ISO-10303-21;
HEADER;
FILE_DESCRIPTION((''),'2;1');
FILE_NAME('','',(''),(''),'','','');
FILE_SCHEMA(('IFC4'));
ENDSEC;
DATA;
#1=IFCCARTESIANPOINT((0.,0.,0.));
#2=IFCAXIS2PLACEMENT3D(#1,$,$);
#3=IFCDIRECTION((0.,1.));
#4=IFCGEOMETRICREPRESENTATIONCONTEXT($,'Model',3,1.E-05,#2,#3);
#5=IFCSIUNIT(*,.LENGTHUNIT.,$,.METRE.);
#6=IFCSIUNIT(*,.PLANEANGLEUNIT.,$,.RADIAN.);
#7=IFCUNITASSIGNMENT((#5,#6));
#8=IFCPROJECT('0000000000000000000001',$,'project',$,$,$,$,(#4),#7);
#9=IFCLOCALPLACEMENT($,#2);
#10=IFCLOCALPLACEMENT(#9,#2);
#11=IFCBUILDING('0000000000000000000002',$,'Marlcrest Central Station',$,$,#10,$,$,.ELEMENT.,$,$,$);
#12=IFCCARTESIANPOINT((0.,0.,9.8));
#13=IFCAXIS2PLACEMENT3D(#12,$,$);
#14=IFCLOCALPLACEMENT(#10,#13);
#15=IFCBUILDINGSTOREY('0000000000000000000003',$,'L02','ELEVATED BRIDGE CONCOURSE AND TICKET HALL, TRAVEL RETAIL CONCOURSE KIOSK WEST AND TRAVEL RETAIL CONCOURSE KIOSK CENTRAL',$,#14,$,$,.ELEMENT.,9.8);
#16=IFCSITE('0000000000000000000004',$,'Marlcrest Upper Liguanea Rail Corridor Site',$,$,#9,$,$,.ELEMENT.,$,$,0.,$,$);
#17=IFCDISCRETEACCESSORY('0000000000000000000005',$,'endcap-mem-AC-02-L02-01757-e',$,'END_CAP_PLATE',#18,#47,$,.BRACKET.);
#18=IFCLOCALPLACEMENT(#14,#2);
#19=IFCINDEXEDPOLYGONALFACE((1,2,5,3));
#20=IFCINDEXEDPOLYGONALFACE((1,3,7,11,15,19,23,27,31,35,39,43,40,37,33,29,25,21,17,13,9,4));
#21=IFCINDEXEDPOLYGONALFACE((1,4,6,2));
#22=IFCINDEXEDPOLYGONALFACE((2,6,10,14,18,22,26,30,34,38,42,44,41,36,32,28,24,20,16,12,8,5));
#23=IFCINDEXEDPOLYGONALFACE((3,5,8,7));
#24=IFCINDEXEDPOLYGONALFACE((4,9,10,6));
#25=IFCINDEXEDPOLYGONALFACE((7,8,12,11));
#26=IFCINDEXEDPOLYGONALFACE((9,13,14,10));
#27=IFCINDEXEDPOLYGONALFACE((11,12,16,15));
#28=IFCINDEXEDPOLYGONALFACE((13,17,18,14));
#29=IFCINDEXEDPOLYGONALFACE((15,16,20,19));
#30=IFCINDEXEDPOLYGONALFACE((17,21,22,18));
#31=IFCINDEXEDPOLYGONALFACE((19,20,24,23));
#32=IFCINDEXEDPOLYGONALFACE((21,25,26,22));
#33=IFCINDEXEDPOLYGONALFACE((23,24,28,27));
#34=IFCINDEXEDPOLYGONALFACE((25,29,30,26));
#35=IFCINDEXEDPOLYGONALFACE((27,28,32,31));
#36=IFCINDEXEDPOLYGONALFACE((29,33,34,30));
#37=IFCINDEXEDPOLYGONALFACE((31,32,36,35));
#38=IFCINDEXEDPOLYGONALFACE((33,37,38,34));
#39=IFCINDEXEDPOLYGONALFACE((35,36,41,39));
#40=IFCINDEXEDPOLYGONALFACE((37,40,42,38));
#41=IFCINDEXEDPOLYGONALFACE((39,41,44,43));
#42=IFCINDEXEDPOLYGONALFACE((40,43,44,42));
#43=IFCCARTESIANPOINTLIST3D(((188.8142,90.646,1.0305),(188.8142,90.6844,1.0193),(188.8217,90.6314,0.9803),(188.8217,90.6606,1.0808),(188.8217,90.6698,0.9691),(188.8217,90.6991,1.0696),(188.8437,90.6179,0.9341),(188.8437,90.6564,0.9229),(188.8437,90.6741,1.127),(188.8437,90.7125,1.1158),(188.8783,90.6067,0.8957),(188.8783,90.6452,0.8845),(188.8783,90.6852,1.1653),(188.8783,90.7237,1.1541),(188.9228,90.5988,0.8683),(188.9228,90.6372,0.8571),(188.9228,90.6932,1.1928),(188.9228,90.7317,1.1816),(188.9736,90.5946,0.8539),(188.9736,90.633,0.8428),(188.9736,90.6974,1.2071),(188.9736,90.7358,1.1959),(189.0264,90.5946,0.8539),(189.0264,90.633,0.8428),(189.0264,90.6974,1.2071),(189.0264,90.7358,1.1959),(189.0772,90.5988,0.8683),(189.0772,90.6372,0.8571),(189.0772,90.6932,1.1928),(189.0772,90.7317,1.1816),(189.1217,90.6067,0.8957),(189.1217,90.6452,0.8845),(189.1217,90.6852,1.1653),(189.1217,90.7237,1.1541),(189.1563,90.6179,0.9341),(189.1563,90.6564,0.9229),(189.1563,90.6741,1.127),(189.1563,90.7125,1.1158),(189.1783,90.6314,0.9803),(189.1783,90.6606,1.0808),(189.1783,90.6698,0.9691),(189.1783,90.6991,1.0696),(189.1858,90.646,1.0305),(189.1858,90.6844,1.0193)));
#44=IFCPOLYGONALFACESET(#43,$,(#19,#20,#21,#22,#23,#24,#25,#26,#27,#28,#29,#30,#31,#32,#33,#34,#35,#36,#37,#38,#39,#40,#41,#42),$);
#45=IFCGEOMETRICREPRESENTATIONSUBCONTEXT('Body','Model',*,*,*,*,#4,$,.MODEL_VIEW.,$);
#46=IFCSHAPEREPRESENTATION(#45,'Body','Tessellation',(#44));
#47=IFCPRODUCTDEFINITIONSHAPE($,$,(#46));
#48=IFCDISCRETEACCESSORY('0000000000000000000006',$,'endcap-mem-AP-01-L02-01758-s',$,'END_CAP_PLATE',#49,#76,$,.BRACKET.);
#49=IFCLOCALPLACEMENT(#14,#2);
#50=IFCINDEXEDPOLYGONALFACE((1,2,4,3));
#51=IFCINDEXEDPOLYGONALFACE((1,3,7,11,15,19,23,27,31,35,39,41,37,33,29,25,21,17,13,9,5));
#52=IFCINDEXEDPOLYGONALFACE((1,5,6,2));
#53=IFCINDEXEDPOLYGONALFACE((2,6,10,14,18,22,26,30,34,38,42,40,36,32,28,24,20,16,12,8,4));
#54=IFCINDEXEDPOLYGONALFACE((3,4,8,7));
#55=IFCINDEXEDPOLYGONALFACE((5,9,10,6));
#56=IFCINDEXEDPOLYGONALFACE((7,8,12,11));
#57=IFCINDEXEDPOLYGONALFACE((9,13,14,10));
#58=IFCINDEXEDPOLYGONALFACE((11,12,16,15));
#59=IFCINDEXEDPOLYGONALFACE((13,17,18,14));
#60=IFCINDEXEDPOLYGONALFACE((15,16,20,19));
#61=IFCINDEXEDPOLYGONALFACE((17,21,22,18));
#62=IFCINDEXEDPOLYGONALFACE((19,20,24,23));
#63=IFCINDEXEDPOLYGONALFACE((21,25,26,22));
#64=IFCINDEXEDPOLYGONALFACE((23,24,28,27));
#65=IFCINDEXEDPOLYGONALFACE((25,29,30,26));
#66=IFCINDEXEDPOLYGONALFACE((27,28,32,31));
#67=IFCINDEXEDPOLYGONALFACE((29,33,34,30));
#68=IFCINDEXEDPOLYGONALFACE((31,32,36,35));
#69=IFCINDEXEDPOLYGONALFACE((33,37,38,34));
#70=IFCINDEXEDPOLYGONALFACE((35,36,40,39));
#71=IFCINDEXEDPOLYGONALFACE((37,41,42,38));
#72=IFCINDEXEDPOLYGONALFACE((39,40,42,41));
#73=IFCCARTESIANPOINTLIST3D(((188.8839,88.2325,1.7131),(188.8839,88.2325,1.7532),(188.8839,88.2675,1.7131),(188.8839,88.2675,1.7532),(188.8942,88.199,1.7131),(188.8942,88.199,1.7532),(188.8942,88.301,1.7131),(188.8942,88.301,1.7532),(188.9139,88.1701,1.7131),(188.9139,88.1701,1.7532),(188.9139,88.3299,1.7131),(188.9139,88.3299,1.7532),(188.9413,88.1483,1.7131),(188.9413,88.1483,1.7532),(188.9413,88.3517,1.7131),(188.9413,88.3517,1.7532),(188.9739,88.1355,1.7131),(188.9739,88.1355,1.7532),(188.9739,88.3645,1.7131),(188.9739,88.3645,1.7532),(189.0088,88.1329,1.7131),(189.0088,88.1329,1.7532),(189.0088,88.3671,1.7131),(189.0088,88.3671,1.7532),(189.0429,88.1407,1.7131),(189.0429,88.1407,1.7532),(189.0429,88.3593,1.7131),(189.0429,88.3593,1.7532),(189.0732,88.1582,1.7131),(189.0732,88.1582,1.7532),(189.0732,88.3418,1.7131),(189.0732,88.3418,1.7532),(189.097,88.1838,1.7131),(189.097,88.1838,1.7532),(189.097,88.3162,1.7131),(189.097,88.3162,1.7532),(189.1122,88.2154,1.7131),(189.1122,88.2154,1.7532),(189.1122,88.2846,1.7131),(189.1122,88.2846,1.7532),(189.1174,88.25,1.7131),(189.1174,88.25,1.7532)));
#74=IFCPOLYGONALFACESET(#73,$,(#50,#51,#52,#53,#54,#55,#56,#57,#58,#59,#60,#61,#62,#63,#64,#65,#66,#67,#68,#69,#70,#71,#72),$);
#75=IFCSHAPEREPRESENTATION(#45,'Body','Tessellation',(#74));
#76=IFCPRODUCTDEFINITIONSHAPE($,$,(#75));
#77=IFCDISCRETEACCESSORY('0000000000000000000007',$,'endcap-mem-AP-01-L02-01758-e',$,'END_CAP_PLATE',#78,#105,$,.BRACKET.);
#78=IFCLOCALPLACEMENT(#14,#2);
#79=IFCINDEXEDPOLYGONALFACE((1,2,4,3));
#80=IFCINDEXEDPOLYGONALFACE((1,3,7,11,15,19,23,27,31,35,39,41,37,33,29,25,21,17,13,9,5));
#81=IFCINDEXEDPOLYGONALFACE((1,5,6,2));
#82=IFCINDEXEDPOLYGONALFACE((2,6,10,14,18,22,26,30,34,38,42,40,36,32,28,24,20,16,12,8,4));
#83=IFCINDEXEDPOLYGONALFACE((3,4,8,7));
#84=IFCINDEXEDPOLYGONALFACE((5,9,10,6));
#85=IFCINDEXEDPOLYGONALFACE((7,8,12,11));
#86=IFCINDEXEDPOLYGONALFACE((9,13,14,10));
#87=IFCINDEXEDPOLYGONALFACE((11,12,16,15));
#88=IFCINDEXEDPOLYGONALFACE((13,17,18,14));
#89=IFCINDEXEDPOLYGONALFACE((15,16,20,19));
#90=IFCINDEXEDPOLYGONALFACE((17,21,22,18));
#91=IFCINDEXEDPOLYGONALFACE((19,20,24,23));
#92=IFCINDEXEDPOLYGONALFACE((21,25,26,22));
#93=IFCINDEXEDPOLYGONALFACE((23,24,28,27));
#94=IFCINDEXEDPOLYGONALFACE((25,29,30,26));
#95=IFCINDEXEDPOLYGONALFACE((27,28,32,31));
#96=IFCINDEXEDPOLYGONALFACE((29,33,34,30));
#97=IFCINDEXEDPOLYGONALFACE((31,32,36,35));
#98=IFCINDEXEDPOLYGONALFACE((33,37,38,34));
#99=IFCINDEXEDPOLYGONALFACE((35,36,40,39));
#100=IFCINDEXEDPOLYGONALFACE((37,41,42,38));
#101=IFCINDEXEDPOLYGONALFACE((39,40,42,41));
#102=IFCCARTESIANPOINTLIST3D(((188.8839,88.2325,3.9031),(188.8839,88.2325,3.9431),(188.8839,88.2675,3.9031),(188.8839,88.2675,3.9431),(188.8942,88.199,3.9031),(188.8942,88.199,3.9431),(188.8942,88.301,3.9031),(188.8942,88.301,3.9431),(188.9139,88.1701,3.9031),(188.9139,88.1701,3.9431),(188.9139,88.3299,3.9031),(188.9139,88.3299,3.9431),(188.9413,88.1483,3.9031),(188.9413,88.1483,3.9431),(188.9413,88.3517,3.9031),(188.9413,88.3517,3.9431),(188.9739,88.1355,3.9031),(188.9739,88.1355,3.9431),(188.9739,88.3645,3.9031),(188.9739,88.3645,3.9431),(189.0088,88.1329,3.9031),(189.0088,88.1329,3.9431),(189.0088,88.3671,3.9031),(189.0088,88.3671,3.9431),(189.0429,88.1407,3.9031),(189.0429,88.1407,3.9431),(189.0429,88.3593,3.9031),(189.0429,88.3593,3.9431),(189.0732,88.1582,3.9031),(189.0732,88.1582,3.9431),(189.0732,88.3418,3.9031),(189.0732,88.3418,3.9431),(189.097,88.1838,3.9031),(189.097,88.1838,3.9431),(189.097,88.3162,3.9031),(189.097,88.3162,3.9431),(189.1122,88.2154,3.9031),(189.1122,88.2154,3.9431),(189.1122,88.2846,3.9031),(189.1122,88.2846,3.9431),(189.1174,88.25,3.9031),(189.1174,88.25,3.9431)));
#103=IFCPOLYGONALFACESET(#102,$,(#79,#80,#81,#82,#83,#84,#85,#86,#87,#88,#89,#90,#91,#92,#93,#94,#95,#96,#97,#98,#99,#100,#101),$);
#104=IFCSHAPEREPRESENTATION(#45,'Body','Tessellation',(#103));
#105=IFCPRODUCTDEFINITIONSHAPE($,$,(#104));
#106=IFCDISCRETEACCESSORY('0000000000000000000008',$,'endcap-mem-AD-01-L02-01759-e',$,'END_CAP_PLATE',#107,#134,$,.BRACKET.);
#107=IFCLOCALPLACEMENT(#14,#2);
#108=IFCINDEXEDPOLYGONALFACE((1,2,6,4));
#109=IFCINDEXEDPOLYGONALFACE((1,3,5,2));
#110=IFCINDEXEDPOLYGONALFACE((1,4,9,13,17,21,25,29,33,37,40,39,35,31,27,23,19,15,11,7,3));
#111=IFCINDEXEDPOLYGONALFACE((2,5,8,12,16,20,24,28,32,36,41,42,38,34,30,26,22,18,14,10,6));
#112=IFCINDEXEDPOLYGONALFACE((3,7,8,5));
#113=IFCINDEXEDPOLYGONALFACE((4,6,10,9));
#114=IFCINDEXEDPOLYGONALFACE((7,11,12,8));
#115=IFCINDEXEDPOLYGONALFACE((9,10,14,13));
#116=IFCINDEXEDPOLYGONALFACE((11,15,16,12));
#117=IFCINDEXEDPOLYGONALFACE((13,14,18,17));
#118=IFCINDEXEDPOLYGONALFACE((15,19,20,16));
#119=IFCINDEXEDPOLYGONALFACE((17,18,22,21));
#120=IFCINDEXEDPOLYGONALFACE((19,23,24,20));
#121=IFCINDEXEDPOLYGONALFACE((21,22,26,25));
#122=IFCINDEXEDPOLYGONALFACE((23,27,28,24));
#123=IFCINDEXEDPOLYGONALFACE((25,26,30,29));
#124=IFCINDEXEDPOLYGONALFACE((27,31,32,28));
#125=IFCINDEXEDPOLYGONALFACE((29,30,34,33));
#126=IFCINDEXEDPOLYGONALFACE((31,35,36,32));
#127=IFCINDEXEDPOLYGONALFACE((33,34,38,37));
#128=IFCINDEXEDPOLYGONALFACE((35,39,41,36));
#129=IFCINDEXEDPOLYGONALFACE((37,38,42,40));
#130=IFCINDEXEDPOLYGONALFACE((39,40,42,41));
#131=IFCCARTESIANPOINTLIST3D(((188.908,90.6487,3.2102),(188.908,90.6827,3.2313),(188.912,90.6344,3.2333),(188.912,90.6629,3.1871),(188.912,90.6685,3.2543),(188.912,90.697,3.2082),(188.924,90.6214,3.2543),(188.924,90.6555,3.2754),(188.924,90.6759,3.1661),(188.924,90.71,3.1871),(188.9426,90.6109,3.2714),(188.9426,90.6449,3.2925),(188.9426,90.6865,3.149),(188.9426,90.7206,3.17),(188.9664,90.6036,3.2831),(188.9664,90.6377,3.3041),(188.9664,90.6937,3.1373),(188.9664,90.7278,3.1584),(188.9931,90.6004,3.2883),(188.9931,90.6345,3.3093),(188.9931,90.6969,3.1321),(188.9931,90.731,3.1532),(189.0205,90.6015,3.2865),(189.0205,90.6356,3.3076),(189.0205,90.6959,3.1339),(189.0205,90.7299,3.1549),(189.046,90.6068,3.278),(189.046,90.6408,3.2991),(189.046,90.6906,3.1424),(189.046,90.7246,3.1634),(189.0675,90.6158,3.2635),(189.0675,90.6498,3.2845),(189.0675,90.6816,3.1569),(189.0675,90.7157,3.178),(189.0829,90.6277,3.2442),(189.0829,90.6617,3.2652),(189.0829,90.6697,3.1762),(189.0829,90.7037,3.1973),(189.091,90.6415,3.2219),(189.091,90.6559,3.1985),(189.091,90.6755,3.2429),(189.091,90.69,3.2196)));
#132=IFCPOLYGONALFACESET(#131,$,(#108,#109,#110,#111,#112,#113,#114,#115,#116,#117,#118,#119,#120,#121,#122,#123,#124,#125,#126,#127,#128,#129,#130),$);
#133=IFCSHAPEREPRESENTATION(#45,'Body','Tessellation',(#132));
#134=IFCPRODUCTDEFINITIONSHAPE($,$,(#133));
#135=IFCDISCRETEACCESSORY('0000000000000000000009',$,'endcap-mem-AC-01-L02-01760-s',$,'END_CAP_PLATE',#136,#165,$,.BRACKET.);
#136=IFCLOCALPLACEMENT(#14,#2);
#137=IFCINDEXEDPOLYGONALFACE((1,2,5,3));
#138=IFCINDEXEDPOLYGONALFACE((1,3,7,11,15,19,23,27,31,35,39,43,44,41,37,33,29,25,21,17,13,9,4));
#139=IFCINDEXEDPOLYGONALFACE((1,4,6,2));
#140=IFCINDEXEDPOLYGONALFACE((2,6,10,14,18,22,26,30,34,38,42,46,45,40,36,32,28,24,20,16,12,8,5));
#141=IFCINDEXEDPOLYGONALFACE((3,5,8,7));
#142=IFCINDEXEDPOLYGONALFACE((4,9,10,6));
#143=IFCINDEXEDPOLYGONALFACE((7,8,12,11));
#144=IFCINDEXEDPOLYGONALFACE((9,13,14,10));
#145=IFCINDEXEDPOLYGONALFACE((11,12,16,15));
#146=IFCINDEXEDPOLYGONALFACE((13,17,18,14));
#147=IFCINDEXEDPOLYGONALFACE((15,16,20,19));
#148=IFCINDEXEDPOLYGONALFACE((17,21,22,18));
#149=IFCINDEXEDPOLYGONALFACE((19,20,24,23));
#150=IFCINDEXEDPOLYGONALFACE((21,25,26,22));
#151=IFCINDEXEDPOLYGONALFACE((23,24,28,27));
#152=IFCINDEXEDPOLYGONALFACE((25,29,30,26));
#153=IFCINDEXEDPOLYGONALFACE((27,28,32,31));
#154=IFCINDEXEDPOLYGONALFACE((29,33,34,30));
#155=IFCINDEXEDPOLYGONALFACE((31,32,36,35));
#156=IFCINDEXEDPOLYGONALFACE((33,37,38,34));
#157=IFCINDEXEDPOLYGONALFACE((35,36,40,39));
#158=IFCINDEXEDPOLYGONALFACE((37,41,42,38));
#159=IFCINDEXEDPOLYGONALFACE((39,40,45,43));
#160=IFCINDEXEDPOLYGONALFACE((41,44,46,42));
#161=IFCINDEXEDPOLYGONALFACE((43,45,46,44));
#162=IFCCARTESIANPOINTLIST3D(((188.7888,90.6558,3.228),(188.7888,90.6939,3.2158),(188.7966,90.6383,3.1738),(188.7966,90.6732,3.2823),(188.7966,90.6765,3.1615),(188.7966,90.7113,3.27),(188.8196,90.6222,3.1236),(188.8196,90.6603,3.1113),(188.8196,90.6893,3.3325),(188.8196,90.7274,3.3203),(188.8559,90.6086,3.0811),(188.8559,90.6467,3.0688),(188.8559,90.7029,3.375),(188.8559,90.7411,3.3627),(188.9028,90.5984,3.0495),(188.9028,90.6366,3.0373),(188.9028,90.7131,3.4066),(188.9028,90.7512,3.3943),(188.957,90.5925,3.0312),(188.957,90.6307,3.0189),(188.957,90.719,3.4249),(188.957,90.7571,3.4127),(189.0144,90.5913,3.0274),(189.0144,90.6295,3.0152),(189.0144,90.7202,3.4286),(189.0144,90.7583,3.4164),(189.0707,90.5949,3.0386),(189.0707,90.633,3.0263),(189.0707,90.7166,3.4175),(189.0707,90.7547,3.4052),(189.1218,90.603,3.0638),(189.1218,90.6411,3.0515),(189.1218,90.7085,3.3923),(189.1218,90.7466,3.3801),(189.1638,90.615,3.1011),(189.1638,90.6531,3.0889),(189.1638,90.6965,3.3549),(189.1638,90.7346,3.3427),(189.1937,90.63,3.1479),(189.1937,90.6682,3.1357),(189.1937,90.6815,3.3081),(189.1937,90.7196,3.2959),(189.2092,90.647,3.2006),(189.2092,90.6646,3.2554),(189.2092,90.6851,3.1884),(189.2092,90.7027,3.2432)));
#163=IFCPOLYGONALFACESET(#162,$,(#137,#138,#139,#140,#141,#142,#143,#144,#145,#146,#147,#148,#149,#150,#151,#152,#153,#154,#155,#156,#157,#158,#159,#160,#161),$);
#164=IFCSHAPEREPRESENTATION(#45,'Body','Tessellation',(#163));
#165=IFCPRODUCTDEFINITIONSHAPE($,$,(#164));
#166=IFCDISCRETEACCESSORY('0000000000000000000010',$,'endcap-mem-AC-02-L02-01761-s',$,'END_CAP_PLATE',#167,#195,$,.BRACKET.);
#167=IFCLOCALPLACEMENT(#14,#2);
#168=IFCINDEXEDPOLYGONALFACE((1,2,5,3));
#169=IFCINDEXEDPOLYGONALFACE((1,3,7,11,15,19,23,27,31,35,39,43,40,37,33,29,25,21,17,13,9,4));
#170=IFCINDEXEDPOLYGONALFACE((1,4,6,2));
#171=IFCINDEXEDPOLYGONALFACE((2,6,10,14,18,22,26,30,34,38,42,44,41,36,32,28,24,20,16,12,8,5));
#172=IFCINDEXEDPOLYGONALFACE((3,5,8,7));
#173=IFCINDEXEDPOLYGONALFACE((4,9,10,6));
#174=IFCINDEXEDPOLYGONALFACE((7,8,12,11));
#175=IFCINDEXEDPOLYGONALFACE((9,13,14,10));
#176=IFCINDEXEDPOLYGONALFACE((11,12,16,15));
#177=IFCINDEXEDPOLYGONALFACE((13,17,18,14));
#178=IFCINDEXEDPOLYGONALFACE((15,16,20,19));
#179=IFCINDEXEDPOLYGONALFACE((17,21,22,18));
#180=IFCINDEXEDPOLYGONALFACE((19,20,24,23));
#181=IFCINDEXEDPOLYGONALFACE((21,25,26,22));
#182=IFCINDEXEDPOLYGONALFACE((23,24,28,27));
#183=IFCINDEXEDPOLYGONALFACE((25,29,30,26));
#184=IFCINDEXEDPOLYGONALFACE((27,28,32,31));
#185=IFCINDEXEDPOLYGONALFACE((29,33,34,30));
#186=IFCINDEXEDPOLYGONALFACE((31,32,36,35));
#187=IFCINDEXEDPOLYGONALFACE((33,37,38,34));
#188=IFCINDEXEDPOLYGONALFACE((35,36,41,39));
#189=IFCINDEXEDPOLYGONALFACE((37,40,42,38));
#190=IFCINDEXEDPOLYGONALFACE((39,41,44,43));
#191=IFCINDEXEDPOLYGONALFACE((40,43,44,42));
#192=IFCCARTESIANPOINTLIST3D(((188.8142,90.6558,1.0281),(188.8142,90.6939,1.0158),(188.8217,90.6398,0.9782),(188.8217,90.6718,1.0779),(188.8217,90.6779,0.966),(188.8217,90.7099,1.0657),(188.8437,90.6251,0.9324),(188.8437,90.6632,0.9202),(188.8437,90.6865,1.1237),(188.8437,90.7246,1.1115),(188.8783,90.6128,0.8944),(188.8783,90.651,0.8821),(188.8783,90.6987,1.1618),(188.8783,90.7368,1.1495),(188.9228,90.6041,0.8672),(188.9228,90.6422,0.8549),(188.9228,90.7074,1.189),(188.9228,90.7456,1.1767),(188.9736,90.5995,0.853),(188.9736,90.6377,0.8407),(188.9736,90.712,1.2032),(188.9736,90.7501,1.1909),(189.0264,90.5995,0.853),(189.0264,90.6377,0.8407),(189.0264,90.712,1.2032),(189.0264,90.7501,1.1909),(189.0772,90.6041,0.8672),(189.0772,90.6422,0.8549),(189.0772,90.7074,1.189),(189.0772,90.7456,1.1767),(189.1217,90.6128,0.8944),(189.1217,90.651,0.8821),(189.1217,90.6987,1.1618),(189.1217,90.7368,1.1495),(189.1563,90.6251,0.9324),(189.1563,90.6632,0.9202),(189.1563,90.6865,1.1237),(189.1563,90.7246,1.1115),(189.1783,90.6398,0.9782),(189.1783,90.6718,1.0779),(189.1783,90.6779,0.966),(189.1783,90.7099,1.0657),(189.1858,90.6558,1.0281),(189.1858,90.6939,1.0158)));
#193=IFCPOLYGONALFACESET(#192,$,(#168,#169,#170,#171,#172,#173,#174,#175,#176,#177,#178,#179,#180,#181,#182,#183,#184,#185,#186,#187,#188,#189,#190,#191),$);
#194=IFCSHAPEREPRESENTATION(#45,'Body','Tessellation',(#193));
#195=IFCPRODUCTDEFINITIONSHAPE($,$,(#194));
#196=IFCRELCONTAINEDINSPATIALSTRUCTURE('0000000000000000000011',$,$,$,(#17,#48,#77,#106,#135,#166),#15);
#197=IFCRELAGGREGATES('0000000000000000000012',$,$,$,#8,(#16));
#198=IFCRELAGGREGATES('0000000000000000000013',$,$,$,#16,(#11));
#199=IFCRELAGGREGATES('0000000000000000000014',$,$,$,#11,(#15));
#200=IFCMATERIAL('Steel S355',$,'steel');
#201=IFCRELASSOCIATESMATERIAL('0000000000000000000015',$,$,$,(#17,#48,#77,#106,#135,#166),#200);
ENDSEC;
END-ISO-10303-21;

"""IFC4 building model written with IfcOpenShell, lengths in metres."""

from ifc_helpers import new_model, si_unit, direction, frame, origin, origin_2d, place, context, subcontext, project, spatial, circle, extrude, material, element, save


model = new_model("IFC4")

# Units and contexts
model_context = context("Model", 3, precision=1e-05, world=origin(), true_north=direction((0.0, 1.0)))
body_context = subcontext(model_context, "Body", "Model", "MODEL_VIEW")
ifc_project = project(units=[si_unit("LENGTHUNIT", "METRE"), si_unit("PLANEANGLEUNIT", "RADIAN")], contexts=[model_context])

# Site, building, storey
site_placement = place(None, origin())
site = spatial("IfcSite", under=ifc_project, at=site_placement, Name="Marlcrest Upper Liguanea Rail Corridor Site", CompositionType="ELEMENT", RefElevation=0.0)
building_placement = place(site_placement, origin())
building = spatial("IfcBuilding", under=site, at=building_placement, Name="Marlcrest Central Station", CompositionType="ELEMENT")
storey_placement = place(building_placement, frame((0.0, 0.0, 9.8)))
storey = spatial("IfcBuildingStorey", under=building, at=storey_placement, Name="L02", Description="ELEVATED BRIDGE CONCOURSE AND TICKET HALL, TRAVEL RETAIL CONCOURSE KIOSK WEST AND TRAVEL RETAIL CONCOURSE KIOSK CENTRAL", CompositionType="ELEMENT", Elevation=9.8)

# Shared definitions
ifc_material_1 = material(Name="Steel S355", Category="steel")

# Discrete accessories
discrete_accessory_1_placement = place(storey_placement, frame((189.0, 90.646, 1.0305), z_axis=(0.0, 0.96013, -0.279554), x_axis=(-1.0, 0.0, 0.0)))
element("IfcDiscreteAccessory", 1, at=discrete_accessory_1_placement, inside=storey, material=ifc_material_1, Name="endcap-mem-AC-02-L02-01757-e", ObjectType="END_CAP_PLATE", PredefinedType="BRACKET", context=body_context, shape_type="SweptSolid", body=[
    extrude(circle(Radius=0.1858, at=origin_2d()), origin(), (0.0, 0.0, 1.0), 0.04),
])
for number, where, z_axis, x_axis, name in (
    (2, (189.0, 88.25, 1.7131), (0.0, 0.0, 1.0), (1.0, 0.0, 0.0), "endcap-mem-AP-01-L02-01758-s"),
    (3, (189.0, 88.25, 3.9031), (0.0, 0.0, 1.0), (1.0, 0.0, 0.0), "endcap-mem-AP-01-L02-01758-e"),
):
    element("IfcDiscreteAccessory", number, at=place(storey_placement, frame(where, z_axis=z_axis, x_axis=x_axis)), inside=storey, material=ifc_material_1, Name=name, ObjectType="END_CAP_PLATE", PredefinedType="BRACKET", context=body_context, shape_type="SweptSolid", body=[
        extrude(circle(Radius=0.1174, at=origin_2d()), origin(), (0.0, 0.0, 1.0), 0.04),
    ])
discrete_accessory_2_placement = place(storey_placement, frame((189.0, 90.6487, 3.2102), z_axis=(0.0, 0.850687, 0.525672), x_axis=(-1.0, 0.0, 0.0)))
element("IfcDiscreteAccessory", 4, at=discrete_accessory_2_placement, inside=storey, material=ifc_material_1, Name="endcap-mem-AD-01-L02-01759-e", ObjectType="END_CAP_PLATE", PredefinedType="BRACKET", context=body_context, shape_type="SweptSolid", body=[
    extrude(circle(Radius=0.092, at=origin_2d()), origin(), (0.0, 0.0, 1.0), 0.04),
])
discrete_accessory_3_placement = place(storey_placement, frame((189.0, 90.6558, 3.228), z_axis=(0.0, 0.952117, -0.305734), x_axis=(-1.0, 0.0, 0.0)))
element("IfcDiscreteAccessory", 5, at=discrete_accessory_3_placement, inside=storey, material=ifc_material_1, Name="endcap-mem-AC-01-L02-01760-s", ObjectType="END_CAP_PLATE", PredefinedType="BRACKET", context=body_context, shape_type="SweptSolid", body=[
    extrude(circle(Radius=0.2112, at=origin_2d()), origin(), (0.0, 0.0, 1.0), 0.04),
])
discrete_accessory_4_placement = place(storey_placement, frame((189.0, 90.6558, 1.0281), z_axis=(0.0, 0.952117, -0.305734), x_axis=(-1.0, 0.0, 0.0)))
element("IfcDiscreteAccessory", 6, at=discrete_accessory_4_placement, inside=storey, material=ifc_material_1, Name="endcap-mem-AC-02-L02-01761-s", ObjectType="END_CAP_PLATE", PredefinedType="BRACKET", context=body_context, shape_type="SweptSolid", body=[
    extrude(circle(Radius=0.1858, at=origin_2d()), origin(), (0.0, 0.0, 1.0), 0.04),
])

save(model, "model.ifc")
